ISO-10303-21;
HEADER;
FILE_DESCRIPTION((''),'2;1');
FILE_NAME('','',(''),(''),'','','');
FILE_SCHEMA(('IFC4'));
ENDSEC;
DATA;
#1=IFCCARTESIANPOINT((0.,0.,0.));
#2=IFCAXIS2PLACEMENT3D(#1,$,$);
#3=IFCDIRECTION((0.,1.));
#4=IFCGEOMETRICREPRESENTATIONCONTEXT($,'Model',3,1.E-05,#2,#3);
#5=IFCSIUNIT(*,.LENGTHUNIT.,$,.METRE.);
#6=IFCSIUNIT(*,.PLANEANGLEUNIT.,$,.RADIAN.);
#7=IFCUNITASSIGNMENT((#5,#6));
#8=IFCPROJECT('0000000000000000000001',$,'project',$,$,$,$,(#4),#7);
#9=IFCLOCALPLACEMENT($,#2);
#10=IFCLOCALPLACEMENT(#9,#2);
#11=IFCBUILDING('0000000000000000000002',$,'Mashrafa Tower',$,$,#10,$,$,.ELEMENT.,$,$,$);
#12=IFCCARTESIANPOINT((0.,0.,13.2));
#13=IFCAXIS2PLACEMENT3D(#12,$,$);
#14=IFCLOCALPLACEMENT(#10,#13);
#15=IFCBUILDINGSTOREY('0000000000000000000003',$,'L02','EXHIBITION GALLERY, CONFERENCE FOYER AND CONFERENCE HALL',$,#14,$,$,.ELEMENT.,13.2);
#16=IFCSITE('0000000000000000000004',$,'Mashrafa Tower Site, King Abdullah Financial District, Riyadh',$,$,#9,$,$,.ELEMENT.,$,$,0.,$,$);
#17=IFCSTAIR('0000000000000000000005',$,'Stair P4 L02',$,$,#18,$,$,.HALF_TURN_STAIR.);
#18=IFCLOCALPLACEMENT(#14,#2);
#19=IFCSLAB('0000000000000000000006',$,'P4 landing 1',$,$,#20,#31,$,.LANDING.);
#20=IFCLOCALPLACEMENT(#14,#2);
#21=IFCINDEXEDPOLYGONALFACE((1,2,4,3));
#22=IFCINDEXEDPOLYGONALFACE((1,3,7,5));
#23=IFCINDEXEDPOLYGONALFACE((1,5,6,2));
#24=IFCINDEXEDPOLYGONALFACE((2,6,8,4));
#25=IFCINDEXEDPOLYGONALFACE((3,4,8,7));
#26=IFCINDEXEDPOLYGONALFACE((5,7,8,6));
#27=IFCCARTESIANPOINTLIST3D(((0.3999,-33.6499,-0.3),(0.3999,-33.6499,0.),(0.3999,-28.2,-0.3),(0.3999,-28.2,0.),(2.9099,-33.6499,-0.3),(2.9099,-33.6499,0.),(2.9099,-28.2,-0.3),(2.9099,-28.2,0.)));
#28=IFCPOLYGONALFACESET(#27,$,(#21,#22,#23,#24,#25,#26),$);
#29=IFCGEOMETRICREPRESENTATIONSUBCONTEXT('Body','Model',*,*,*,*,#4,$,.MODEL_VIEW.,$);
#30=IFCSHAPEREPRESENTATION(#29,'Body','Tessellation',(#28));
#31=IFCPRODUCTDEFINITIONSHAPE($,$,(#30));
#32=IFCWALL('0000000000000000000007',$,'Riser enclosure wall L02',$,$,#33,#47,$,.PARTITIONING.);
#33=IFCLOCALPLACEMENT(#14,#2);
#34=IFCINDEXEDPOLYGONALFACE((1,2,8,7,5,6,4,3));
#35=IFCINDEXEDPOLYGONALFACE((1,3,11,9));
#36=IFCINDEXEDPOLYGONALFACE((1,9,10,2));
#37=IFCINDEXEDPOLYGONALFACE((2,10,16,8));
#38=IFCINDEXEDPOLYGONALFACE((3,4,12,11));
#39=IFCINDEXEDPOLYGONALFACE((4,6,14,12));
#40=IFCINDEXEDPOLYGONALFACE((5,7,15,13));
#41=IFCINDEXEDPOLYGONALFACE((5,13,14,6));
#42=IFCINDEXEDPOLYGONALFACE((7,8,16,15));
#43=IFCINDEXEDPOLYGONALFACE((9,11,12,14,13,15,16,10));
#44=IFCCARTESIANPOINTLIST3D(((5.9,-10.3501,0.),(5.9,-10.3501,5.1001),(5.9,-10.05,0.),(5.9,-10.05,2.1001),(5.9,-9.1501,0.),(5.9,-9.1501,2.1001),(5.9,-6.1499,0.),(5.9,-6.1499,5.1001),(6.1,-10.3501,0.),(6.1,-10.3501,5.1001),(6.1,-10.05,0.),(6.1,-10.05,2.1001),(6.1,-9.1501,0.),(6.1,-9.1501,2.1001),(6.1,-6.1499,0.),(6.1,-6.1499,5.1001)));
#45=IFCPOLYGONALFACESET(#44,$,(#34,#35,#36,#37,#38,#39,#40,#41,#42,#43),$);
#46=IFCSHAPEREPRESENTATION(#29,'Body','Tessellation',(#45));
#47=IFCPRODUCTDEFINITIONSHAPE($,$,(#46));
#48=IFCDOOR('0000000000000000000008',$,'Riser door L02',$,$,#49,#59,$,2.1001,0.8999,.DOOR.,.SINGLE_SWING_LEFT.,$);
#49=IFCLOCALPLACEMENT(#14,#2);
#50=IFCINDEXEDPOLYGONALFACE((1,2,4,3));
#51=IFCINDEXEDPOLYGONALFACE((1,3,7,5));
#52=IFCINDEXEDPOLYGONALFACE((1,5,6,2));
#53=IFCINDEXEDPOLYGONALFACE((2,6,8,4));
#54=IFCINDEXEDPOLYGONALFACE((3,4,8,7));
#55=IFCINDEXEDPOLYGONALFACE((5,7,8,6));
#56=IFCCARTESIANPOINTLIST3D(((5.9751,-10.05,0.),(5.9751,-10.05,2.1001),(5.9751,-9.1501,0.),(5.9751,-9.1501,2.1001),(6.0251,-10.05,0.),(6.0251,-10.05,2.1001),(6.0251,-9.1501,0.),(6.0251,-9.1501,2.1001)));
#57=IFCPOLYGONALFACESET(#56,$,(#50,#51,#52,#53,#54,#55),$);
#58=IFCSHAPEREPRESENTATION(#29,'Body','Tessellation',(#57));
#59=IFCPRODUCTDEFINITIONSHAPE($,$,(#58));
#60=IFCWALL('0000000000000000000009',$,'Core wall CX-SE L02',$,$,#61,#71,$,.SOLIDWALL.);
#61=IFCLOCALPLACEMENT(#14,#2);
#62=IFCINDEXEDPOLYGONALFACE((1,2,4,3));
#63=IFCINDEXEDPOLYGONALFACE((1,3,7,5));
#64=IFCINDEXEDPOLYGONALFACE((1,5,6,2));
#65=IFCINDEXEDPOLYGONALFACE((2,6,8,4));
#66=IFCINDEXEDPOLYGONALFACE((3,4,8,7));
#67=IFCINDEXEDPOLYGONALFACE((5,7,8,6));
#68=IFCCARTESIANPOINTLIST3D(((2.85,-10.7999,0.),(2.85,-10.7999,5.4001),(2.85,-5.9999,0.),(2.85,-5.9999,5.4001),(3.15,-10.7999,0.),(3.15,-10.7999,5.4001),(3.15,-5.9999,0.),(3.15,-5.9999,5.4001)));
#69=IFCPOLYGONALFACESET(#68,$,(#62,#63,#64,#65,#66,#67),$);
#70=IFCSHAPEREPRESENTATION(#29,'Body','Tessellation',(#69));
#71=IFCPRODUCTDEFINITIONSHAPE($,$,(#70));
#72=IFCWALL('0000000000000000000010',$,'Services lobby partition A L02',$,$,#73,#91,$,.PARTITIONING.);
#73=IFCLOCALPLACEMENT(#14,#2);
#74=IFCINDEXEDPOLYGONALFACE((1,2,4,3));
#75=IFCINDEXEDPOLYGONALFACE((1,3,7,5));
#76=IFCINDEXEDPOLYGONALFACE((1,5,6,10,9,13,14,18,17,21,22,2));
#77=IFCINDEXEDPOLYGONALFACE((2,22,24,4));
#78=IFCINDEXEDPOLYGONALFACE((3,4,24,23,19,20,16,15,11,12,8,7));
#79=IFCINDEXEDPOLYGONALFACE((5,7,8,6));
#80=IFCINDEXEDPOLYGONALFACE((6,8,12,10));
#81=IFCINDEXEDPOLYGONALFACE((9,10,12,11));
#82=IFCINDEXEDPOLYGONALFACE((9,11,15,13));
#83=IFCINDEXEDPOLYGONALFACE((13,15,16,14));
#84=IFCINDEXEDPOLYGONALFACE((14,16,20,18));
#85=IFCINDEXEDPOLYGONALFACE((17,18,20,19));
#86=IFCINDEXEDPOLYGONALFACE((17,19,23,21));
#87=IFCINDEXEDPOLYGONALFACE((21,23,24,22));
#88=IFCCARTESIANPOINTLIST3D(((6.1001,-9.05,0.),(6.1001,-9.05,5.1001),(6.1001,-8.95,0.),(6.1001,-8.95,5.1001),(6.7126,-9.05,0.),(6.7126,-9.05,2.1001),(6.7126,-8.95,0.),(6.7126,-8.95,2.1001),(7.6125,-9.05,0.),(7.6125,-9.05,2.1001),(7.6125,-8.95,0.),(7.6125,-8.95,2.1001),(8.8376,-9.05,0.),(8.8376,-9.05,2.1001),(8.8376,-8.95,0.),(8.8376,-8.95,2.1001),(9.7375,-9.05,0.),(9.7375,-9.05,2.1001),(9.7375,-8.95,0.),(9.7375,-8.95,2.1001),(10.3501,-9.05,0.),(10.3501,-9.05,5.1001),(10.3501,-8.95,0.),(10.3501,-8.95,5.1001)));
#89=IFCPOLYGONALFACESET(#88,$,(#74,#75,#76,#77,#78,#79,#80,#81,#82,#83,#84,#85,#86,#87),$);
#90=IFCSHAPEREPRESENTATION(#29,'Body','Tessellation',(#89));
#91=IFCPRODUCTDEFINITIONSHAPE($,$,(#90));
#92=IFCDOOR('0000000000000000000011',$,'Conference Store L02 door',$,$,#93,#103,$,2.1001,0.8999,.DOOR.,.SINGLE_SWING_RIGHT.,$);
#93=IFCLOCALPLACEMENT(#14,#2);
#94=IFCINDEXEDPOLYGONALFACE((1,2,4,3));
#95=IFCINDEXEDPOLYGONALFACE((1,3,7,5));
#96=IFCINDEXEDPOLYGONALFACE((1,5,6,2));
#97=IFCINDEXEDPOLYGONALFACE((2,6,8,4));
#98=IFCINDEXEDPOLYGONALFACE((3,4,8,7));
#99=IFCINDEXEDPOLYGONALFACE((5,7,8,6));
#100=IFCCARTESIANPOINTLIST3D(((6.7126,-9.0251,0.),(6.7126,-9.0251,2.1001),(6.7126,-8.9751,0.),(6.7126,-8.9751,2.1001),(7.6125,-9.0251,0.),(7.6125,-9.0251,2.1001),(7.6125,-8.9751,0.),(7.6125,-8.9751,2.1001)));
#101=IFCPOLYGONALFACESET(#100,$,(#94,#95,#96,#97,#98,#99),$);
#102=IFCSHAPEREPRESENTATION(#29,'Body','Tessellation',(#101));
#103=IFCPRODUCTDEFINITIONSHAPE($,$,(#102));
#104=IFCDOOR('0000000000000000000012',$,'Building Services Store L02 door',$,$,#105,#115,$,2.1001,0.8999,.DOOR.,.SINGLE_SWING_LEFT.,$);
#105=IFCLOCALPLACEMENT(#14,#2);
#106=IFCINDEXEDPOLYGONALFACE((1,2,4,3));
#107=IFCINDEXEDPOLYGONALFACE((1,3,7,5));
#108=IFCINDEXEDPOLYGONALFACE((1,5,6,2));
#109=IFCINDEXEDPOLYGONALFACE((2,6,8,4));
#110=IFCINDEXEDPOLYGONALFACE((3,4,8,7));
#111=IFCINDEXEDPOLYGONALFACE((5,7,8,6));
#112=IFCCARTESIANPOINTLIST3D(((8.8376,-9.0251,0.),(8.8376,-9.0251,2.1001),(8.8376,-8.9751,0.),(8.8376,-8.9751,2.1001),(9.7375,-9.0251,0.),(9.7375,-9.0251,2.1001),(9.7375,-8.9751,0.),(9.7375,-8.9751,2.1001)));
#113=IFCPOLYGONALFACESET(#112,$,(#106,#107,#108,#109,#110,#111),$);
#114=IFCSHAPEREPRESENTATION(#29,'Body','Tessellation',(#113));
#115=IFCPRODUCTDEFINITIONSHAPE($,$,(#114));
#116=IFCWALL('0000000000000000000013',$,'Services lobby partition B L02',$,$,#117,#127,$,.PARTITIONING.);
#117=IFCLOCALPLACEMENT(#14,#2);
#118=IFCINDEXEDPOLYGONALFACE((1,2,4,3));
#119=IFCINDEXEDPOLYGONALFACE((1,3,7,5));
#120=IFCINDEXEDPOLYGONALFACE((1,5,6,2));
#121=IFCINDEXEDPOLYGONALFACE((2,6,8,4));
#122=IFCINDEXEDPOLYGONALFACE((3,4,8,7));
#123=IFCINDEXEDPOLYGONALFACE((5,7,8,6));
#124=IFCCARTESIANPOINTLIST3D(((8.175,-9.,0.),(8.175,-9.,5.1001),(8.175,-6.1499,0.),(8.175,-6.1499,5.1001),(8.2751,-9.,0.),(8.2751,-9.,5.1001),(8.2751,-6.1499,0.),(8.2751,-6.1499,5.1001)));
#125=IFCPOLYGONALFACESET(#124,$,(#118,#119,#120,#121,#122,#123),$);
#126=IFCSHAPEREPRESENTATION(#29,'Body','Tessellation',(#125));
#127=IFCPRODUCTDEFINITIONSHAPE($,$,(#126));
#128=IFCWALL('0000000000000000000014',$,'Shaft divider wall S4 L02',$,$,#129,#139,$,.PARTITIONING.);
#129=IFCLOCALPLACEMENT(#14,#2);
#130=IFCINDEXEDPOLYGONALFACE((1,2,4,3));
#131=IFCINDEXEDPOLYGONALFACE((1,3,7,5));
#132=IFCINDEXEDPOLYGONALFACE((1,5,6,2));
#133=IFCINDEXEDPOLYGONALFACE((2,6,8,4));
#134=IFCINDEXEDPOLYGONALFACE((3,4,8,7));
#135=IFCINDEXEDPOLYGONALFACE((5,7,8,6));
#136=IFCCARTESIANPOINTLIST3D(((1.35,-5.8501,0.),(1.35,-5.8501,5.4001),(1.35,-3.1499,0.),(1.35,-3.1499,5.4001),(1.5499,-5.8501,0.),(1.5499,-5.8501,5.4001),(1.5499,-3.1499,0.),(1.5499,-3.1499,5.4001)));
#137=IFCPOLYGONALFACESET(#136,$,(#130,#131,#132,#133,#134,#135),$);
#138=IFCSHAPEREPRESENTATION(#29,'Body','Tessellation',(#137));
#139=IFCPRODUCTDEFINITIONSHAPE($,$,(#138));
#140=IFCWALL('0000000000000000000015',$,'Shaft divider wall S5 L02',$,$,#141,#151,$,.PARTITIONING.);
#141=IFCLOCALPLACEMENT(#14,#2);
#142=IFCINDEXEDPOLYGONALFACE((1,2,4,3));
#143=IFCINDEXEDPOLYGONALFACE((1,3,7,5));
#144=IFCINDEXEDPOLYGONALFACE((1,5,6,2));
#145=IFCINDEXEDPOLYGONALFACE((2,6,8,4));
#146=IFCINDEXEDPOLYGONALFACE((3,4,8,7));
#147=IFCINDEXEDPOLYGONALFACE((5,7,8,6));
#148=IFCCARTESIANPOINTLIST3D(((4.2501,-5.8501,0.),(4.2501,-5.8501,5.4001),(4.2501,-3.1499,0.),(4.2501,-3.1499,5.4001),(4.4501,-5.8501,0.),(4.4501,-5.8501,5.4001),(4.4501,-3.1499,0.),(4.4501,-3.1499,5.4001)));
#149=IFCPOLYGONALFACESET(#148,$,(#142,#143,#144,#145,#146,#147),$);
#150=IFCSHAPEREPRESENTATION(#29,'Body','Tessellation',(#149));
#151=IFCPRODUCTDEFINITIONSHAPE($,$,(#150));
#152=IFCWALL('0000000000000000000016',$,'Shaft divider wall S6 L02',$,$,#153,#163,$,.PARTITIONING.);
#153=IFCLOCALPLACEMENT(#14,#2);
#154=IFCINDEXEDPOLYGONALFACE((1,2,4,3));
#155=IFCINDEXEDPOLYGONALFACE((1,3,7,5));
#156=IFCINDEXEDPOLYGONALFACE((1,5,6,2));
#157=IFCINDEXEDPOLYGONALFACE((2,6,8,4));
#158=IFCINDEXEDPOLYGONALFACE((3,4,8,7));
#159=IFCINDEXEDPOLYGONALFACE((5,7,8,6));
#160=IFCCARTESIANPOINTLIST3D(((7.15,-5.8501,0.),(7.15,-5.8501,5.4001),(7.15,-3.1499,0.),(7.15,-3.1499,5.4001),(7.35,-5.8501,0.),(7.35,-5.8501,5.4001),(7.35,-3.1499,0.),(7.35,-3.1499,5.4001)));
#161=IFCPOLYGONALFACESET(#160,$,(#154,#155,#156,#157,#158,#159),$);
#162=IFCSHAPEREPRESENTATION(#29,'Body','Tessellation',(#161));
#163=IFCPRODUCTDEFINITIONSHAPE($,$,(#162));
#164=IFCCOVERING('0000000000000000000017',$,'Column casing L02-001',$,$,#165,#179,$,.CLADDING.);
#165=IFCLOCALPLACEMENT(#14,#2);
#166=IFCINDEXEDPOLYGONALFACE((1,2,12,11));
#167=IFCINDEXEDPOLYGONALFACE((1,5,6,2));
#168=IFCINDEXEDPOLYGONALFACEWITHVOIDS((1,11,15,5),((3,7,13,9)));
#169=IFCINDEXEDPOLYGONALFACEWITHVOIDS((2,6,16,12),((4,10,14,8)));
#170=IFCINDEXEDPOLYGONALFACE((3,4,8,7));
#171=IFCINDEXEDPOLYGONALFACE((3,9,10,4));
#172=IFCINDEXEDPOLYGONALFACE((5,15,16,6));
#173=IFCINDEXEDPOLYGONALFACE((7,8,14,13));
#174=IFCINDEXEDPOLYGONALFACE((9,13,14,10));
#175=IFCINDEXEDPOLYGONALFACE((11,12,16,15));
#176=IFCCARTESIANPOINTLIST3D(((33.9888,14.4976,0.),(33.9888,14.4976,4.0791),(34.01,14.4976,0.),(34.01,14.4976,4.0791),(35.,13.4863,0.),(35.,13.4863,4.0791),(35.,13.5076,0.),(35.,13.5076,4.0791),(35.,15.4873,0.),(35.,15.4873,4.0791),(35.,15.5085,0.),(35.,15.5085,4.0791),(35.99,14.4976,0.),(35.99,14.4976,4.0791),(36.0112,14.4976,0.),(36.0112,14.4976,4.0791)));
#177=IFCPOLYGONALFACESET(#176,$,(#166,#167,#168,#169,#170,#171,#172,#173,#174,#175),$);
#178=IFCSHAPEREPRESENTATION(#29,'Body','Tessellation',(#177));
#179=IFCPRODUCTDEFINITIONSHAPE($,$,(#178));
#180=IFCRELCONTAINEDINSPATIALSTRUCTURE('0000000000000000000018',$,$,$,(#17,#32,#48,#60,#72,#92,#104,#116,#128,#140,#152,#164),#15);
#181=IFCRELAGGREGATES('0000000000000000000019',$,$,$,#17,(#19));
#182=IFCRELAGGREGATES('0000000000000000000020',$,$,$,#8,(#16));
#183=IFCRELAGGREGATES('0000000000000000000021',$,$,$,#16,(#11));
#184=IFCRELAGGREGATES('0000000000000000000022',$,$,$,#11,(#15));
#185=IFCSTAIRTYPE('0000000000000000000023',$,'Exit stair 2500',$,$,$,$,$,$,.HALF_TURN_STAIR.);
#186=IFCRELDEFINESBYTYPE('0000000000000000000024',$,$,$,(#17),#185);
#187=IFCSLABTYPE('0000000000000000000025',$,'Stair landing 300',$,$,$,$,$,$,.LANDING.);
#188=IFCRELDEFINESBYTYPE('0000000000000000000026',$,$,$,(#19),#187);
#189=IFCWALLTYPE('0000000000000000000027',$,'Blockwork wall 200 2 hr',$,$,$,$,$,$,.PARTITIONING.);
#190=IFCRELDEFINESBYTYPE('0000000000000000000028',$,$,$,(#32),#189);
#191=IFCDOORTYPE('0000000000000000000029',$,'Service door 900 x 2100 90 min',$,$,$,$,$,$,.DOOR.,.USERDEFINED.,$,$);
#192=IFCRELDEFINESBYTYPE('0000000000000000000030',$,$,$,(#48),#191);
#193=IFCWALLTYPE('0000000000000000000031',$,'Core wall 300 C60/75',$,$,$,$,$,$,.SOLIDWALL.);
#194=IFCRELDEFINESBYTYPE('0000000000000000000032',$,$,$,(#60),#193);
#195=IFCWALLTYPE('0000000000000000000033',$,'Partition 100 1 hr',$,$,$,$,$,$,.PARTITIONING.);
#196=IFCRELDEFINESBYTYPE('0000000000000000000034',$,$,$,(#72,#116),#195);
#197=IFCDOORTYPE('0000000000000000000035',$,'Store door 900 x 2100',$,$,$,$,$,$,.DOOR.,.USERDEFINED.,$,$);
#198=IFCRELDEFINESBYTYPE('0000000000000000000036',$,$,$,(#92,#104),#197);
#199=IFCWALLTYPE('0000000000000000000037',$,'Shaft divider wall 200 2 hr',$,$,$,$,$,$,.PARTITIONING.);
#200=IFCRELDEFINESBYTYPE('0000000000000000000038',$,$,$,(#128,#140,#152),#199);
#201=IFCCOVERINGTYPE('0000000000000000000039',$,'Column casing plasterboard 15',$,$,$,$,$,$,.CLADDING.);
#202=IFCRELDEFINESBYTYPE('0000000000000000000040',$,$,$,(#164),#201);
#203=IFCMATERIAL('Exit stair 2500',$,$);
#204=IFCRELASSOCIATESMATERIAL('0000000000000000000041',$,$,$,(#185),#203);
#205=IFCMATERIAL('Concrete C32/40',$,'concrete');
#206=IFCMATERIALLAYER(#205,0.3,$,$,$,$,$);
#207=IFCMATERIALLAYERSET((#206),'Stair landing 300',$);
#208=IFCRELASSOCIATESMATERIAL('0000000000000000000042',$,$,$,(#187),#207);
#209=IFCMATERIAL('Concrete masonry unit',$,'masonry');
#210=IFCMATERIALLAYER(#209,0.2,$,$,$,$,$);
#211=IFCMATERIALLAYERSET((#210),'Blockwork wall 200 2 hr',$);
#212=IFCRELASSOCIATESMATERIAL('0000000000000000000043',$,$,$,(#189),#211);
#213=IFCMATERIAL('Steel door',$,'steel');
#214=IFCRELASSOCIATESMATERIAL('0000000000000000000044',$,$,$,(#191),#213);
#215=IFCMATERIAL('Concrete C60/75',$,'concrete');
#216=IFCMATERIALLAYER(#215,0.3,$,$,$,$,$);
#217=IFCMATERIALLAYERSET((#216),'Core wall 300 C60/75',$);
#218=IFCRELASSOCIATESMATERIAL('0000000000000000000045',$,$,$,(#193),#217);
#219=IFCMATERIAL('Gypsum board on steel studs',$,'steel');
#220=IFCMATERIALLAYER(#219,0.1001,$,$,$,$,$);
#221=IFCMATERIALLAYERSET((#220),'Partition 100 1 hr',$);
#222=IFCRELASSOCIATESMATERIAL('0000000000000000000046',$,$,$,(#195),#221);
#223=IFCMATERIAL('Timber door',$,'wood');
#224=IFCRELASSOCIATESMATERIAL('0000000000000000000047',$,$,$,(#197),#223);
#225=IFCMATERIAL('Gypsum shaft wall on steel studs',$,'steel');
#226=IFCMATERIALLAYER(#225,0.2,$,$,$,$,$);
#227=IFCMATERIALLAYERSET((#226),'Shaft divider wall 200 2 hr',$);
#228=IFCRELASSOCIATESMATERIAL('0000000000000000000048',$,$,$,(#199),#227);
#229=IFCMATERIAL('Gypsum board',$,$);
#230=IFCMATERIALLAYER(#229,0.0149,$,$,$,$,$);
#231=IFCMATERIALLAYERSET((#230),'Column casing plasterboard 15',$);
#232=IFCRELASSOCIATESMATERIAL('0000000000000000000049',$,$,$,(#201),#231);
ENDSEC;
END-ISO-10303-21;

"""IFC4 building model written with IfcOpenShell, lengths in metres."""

from ifc_helpers import new_model, si_unit, direction, frame, frame_2d, origin, place, context, subcontext, project, spatial, polyline, rectangle, outline, extrude, material, layer, layer_set, type_object, element, fill, aggregate, save


model = new_model("IFC4")

# Units and contexts
model_context = context("Model", 3, precision=1e-05, world=origin(), true_north=direction((0.0, 1.0)))
body_context = subcontext(model_context, "Body", "Model", "MODEL_VIEW")
ifc_project = project(units=[si_unit("LENGTHUNIT", "METRE"), si_unit("PLANEANGLEUNIT", "RADIAN")], contexts=[model_context])

# Site, building, storey
site_placement = place(None, origin())
site = spatial("IfcSite", under=ifc_project, at=site_placement, Name="Mashrafa Tower Site, King Abdullah Financial District, Riyadh", CompositionType="ELEMENT", RefElevation=0.0)
building_placement = place(site_placement, origin())
building = spatial("IfcBuilding", under=site, at=building_placement, Name="Mashrafa Tower", CompositionType="ELEMENT")
storey_placement = place(building_placement, frame((0.0, 0.0, 13.2)))
storey = spatial("IfcBuildingStorey", under=building, at=storey_placement, Name="L02", Description="EXHIBITION GALLERY, CONFERENCE FOYER AND CONFERENCE HALL", CompositionType="ELEMENT", Elevation=13.2)

# Stair
ifc_material_1 = material(Name="Exit stair 2500")
stair_type_1 = type_object("IfcStairType", Name="Exit stair 2500", PredefinedType="HALF_TURN_STAIR", material=ifc_material_1)
stair_1_placement = place(storey_placement, origin())
stair_1 = element("IfcStair", 1, at=stair_1_placement, inside=storey, type_object=stair_type_1, Name="Stair P4 L02", PredefinedType="HALF_TURN_STAIR")

# Slab
ifc_material_2 = material(Name="Concrete C32/40", Category="concrete")
ifc_layer_1 = layer(ifc_material_2, 0.3)
ifc_layer_set_1 = layer_set([ifc_layer_1], Name="Stair landing 300")
slab_type_1 = type_object("IfcSlabType", Name="Stair landing 300", PredefinedType="LANDING", material=ifc_layer_set_1)
slab_1_placement = place(storey_placement, frame((0.0, 0.0, -0.3)))
slab_1 = element("IfcSlab", 2, at=slab_1_placement, type_object=slab_type_1, Name="P4 landing 1", PredefinedType="LANDING", context=body_context, shape_type="SweptSolid", body=[
    extrude(outline(polyline([(0.3999, -33.6499), (2.9099, -33.6499), (2.9099, -28.2), (0.3999, -28.2), (0.3999, -33.6499)])), origin(), (0.0, 0.0, 1.0), 0.3),
])
aggregate(stair_1, [slab_1])

# Wall, opening, door
ifc_material_3 = material(Name="Concrete masonry unit", Category="masonry")
ifc_layer_2 = layer(ifc_material_3, 0.2)
ifc_layer_set_2 = layer_set([ifc_layer_2], Name="Blockwork wall 200 2 hr")
wall_type_1 = type_object("IfcWallType", Name="Blockwork wall 200 2 hr", PredefinedType="PARTITIONING", material=ifc_layer_set_2)
wall_1_placement = place(storey_placement, frame((6.0, -10.3501, 0.0), z_axis=(0.0, 0.0, 1.0), x_axis=(0.0, 1.0, 0.0)))
wall_1 = element("IfcWall", 3, at=wall_1_placement, inside=storey, type_object=wall_type_1, Name="Riser enclosure wall L02", PredefinedType="PARTITIONING", context=body_context, shape_type="SweptSolid", body=[
    extrude(rectangle(XDim=4.2002, YDim=0.2, at=frame_2d((2.1001, 0.0))), origin(), (0.0, 0.0, 1.0), 5.1001),
])
opening_1_placement = place(wall_1_placement, frame((0.3, 0.0, 0.0)))
opening_1 = element("IfcOpeningElement", 4, at=opening_1_placement, cuts=wall_1, PredefinedType="OPENING", context=body_context, shape_type="SweptSolid", body=[
    extrude(rectangle(XDim=0.8999, YDim=2.1001, at=frame_2d((0.45, 1.05))), frame((0.0, 0.1099, 0.0), z_axis=(0.0, -1.0, 0.0), x_axis=(1.0, 0.0, 0.0)), (0.0, 0.0, 1.0), 0.22),
])
ifc_material_4 = material(Name="Steel door", Category="steel")
door_type_1 = type_object("IfcDoorType", Name="Service door 900 x 2100 90 min", OperationType="USERDEFINED", PredefinedType="DOOR", material=ifc_material_4)
door_1_placement = place(opening_1_placement, origin())
door_1 = element("IfcDoor", 5, at=door_1_placement, inside=storey, type_object=door_type_1, Name="Riser door L02", OperationType="SINGLE_SWING_LEFT", OverallHeight=2.1001, OverallWidth=0.8999, PredefinedType="DOOR", context=body_context, shape_type="SweptSolid", body=[
    extrude(rectangle(XDim=0.8999, YDim=2.1001, at=frame_2d((0.45, 1.05))), frame((0.0, 0.0249, 0.0), z_axis=(0.0, -1.0, 0.0), x_axis=(1.0, 0.0, 0.0)), (0.0, 0.0, 1.0), 0.05),
])
fill(opening_1, door_1)

# Wall
ifc_material_5 = material(Name="Concrete C60/75", Category="concrete")
ifc_layer_3 = layer(ifc_material_5, 0.3)
ifc_layer_set_3 = layer_set([ifc_layer_3], Name="Core wall 300 C60/75")
wall_type_2 = type_object("IfcWallType", Name="Core wall 300 C60/75", PredefinedType="SOLIDWALL", material=ifc_layer_set_3)
wall_2_placement = place(storey_placement, frame((3.0, -6.0, 0.0), z_axis=(0.0, 0.0, 1.0), x_axis=(0.0, -1.0, 0.0)))
element("IfcWall", 6, at=wall_2_placement, inside=storey, type_object=wall_type_2, Name="Core wall CX-SE L02", PredefinedType="SOLIDWALL", context=body_context, shape_type="SweptSolid", body=[
    extrude(rectangle(XDim=4.8, YDim=0.3, at=frame_2d((2.3999, 0.0))), origin(), (0.0, 0.0, 1.0), 5.4001),
])

# Wall, openings, doors
ifc_material_6 = material(Name="Gypsum board on steel studs", Category="steel")
ifc_layer_4 = layer(ifc_material_6, 0.1001)
ifc_layer_set_4 = layer_set([ifc_layer_4], Name="Partition 100 1 hr")
wall_type_3 = type_object("IfcWallType", Name="Partition 100 1 hr", PredefinedType="PARTITIONING", material=ifc_layer_set_4)
wall_3_placement = place(storey_placement, frame((6.1001, -9.0, 0.0), z_axis=(0.0, 0.0, 1.0), x_axis=(1.0, 0.0, 0.0)))
wall_3 = element("IfcWall", 7, at=wall_3_placement, inside=storey, type_object=wall_type_3, Name="Services lobby partition A L02", PredefinedType="PARTITIONING", context=body_context, shape_type="SweptSolid", body=[
    extrude(rectangle(XDim=4.25, YDim=0.1001, at=frame_2d((2.125, 0.0))), origin(), (0.0, 0.0, 1.0), 5.1001),
])
opening_2_placement = place(wall_3_placement, frame((0.6125, 0.0, 0.0)))
opening_2 = element("IfcOpeningElement", 8, at=opening_2_placement, cuts=wall_3, PredefinedType="OPENING", context=body_context, shape_type="SweptSolid", body=[
    extrude(rectangle(XDim=0.8999, YDim=2.1001, at=frame_2d((0.45, 1.05))), frame((0.0, 0.0601, 0.0), z_axis=(0.0, -1.0, 0.0), x_axis=(1.0, 0.0, 0.0)), (0.0, 0.0, 1.0), 0.1201),
])
opening_3_placement = place(wall_3_placement, frame((2.7375, 0.0, 0.0)))
opening_3 = element("IfcOpeningElement", 9, at=opening_3_placement, cuts=wall_3, PredefinedType="OPENING", context=body_context, shape_type="SweptSolid", body=[
    extrude(rectangle(XDim=0.8999, YDim=2.1001, at=frame_2d((0.45, 1.05))), frame((0.0, 0.0601, 0.0), z_axis=(0.0, -1.0, 0.0), x_axis=(1.0, 0.0, 0.0)), (0.0, 0.0, 1.0), 0.1201),
])
ifc_material_7 = material(Name="Timber door", Category="wood")
door_type_2 = type_object("IfcDoorType", Name="Store door 900 x 2100", OperationType="USERDEFINED", PredefinedType="DOOR", material=ifc_material_7)
door_2_placement = place(opening_2_placement, origin())
door_2 = element("IfcDoor", 10, at=door_2_placement, inside=storey, type_object=door_type_2, Name="Conference Store L02 door", OperationType="SINGLE_SWING_RIGHT", OverallHeight=2.1001, OverallWidth=0.8999, PredefinedType="DOOR", context=body_context, shape_type="SweptSolid", body=[
    extrude(rectangle(XDim=0.8999, YDim=2.1001, at=frame_2d((0.45, 1.05))), frame((0.0, 0.0249, 0.0), z_axis=(0.0, -1.0, 0.0), x_axis=(1.0, 0.0, 0.0)), (0.0, 0.0, 1.0), 0.05),
])
fill(opening_2, door_2)
door_3_placement = place(opening_3_placement, origin())
door_3 = element("IfcDoor", 11, at=door_3_placement, inside=storey, type_object=door_type_2, Name="Building Services Store L02 door", OperationType="SINGLE_SWING_LEFT", OverallHeight=2.1001, OverallWidth=0.8999, PredefinedType="DOOR", context=body_context, shape_type="SweptSolid", body=[
    extrude(rectangle(XDim=0.8999, YDim=2.1001, at=frame_2d((0.45, 1.05))), frame((0.0, 0.0249, 0.0), z_axis=(0.0, -1.0, 0.0), x_axis=(1.0, 0.0, 0.0)), (0.0, 0.0, 1.0), 0.05),
])
fill(opening_3, door_3)

# Walls
wall_4_placement = place(storey_placement, frame((8.2251, -9.0, 0.0), z_axis=(0.0, 0.0, 1.0), x_axis=(0.0, 1.0, 0.0)))
element("IfcWall", 12, at=wall_4_placement, inside=storey, type_object=wall_type_3, Name="Services lobby partition B L02", PredefinedType="PARTITIONING", context=body_context, shape_type="SweptSolid", body=[
    extrude(rectangle(XDim=2.8501, YDim=0.1001, at=frame_2d((1.425, 0.0))), origin(), (0.0, 0.0, 1.0), 5.1001),
])
ifc_material_8 = material(Name="Gypsum shaft wall on steel studs", Category="steel")
ifc_layer_5 = layer(ifc_material_8, 0.2)
ifc_layer_set_5 = layer_set([ifc_layer_5], Name="Shaft divider wall 200 2 hr")
wall_type_4 = type_object("IfcWallType", Name="Shaft divider wall 200 2 hr", PredefinedType="PARTITIONING", material=ifc_layer_set_5)
for number, where, z_axis, x_axis, name in (
    (13, (1.45, -5.8501, 0.0), (0.0, 0.0, 1.0), (0.0, 1.0, 0.0), "Shaft divider wall S4 L02"),
    (14, (4.3501, -5.8501, 0.0), (0.0, 0.0, 1.0), (0.0, 1.0, 0.0), "Shaft divider wall S5 L02"),
    (15, (7.25, -5.8501, 0.0), (0.0, 0.0, 1.0), (0.0, 1.0, 0.0), "Shaft divider wall S6 L02"),
):
    element("IfcWall", number, at=place(storey_placement, frame(where, z_axis=z_axis, x_axis=x_axis)), inside=storey, type_object=wall_type_4, Name=name, PredefinedType="PARTITIONING", context=body_context, shape_type="SweptSolid", body=[
        extrude(rectangle(XDim=2.7002, YDim=0.2, at=frame_2d((1.3501, 0.0))), origin(), (0.0, 0.0, 1.0), 5.4001),
    ])

# Covering
ifc_material_9 = material(Name="Gypsum board")
ifc_layer_6 = layer(ifc_material_9, 0.0149)
ifc_layer_set_6 = layer_set([ifc_layer_6], Name="Column casing plasterboard 15")
covering_type_1 = type_object("IfcCoveringType", Name="Column casing plasterboard 15", PredefinedType="CLADDING", material=ifc_layer_set_6)
covering_1_placement = place(storey_placement, origin())
element("IfcCovering", 16, at=covering_1_placement, inside=storey, type_object=covering_type_1, Name="Column casing L02-001", PredefinedType="CLADDING", context=body_context, shape_type="SweptSolid", body=[
    extrude(outline(polyline([(33.9888, 14.4976), (35.0, 15.5085), (36.0112, 14.4976), (35.0, 13.4863), (33.9888, 14.4976)]), holes=[polyline([(35.99, 14.4976), (35.0, 15.4873), (34.01, 14.4976), (35.0, 13.5076), (35.99, 14.4976)])]), origin(), (0.0, 0.0, 1.0), 4.0791),
])

save(model, "model.ifc")
